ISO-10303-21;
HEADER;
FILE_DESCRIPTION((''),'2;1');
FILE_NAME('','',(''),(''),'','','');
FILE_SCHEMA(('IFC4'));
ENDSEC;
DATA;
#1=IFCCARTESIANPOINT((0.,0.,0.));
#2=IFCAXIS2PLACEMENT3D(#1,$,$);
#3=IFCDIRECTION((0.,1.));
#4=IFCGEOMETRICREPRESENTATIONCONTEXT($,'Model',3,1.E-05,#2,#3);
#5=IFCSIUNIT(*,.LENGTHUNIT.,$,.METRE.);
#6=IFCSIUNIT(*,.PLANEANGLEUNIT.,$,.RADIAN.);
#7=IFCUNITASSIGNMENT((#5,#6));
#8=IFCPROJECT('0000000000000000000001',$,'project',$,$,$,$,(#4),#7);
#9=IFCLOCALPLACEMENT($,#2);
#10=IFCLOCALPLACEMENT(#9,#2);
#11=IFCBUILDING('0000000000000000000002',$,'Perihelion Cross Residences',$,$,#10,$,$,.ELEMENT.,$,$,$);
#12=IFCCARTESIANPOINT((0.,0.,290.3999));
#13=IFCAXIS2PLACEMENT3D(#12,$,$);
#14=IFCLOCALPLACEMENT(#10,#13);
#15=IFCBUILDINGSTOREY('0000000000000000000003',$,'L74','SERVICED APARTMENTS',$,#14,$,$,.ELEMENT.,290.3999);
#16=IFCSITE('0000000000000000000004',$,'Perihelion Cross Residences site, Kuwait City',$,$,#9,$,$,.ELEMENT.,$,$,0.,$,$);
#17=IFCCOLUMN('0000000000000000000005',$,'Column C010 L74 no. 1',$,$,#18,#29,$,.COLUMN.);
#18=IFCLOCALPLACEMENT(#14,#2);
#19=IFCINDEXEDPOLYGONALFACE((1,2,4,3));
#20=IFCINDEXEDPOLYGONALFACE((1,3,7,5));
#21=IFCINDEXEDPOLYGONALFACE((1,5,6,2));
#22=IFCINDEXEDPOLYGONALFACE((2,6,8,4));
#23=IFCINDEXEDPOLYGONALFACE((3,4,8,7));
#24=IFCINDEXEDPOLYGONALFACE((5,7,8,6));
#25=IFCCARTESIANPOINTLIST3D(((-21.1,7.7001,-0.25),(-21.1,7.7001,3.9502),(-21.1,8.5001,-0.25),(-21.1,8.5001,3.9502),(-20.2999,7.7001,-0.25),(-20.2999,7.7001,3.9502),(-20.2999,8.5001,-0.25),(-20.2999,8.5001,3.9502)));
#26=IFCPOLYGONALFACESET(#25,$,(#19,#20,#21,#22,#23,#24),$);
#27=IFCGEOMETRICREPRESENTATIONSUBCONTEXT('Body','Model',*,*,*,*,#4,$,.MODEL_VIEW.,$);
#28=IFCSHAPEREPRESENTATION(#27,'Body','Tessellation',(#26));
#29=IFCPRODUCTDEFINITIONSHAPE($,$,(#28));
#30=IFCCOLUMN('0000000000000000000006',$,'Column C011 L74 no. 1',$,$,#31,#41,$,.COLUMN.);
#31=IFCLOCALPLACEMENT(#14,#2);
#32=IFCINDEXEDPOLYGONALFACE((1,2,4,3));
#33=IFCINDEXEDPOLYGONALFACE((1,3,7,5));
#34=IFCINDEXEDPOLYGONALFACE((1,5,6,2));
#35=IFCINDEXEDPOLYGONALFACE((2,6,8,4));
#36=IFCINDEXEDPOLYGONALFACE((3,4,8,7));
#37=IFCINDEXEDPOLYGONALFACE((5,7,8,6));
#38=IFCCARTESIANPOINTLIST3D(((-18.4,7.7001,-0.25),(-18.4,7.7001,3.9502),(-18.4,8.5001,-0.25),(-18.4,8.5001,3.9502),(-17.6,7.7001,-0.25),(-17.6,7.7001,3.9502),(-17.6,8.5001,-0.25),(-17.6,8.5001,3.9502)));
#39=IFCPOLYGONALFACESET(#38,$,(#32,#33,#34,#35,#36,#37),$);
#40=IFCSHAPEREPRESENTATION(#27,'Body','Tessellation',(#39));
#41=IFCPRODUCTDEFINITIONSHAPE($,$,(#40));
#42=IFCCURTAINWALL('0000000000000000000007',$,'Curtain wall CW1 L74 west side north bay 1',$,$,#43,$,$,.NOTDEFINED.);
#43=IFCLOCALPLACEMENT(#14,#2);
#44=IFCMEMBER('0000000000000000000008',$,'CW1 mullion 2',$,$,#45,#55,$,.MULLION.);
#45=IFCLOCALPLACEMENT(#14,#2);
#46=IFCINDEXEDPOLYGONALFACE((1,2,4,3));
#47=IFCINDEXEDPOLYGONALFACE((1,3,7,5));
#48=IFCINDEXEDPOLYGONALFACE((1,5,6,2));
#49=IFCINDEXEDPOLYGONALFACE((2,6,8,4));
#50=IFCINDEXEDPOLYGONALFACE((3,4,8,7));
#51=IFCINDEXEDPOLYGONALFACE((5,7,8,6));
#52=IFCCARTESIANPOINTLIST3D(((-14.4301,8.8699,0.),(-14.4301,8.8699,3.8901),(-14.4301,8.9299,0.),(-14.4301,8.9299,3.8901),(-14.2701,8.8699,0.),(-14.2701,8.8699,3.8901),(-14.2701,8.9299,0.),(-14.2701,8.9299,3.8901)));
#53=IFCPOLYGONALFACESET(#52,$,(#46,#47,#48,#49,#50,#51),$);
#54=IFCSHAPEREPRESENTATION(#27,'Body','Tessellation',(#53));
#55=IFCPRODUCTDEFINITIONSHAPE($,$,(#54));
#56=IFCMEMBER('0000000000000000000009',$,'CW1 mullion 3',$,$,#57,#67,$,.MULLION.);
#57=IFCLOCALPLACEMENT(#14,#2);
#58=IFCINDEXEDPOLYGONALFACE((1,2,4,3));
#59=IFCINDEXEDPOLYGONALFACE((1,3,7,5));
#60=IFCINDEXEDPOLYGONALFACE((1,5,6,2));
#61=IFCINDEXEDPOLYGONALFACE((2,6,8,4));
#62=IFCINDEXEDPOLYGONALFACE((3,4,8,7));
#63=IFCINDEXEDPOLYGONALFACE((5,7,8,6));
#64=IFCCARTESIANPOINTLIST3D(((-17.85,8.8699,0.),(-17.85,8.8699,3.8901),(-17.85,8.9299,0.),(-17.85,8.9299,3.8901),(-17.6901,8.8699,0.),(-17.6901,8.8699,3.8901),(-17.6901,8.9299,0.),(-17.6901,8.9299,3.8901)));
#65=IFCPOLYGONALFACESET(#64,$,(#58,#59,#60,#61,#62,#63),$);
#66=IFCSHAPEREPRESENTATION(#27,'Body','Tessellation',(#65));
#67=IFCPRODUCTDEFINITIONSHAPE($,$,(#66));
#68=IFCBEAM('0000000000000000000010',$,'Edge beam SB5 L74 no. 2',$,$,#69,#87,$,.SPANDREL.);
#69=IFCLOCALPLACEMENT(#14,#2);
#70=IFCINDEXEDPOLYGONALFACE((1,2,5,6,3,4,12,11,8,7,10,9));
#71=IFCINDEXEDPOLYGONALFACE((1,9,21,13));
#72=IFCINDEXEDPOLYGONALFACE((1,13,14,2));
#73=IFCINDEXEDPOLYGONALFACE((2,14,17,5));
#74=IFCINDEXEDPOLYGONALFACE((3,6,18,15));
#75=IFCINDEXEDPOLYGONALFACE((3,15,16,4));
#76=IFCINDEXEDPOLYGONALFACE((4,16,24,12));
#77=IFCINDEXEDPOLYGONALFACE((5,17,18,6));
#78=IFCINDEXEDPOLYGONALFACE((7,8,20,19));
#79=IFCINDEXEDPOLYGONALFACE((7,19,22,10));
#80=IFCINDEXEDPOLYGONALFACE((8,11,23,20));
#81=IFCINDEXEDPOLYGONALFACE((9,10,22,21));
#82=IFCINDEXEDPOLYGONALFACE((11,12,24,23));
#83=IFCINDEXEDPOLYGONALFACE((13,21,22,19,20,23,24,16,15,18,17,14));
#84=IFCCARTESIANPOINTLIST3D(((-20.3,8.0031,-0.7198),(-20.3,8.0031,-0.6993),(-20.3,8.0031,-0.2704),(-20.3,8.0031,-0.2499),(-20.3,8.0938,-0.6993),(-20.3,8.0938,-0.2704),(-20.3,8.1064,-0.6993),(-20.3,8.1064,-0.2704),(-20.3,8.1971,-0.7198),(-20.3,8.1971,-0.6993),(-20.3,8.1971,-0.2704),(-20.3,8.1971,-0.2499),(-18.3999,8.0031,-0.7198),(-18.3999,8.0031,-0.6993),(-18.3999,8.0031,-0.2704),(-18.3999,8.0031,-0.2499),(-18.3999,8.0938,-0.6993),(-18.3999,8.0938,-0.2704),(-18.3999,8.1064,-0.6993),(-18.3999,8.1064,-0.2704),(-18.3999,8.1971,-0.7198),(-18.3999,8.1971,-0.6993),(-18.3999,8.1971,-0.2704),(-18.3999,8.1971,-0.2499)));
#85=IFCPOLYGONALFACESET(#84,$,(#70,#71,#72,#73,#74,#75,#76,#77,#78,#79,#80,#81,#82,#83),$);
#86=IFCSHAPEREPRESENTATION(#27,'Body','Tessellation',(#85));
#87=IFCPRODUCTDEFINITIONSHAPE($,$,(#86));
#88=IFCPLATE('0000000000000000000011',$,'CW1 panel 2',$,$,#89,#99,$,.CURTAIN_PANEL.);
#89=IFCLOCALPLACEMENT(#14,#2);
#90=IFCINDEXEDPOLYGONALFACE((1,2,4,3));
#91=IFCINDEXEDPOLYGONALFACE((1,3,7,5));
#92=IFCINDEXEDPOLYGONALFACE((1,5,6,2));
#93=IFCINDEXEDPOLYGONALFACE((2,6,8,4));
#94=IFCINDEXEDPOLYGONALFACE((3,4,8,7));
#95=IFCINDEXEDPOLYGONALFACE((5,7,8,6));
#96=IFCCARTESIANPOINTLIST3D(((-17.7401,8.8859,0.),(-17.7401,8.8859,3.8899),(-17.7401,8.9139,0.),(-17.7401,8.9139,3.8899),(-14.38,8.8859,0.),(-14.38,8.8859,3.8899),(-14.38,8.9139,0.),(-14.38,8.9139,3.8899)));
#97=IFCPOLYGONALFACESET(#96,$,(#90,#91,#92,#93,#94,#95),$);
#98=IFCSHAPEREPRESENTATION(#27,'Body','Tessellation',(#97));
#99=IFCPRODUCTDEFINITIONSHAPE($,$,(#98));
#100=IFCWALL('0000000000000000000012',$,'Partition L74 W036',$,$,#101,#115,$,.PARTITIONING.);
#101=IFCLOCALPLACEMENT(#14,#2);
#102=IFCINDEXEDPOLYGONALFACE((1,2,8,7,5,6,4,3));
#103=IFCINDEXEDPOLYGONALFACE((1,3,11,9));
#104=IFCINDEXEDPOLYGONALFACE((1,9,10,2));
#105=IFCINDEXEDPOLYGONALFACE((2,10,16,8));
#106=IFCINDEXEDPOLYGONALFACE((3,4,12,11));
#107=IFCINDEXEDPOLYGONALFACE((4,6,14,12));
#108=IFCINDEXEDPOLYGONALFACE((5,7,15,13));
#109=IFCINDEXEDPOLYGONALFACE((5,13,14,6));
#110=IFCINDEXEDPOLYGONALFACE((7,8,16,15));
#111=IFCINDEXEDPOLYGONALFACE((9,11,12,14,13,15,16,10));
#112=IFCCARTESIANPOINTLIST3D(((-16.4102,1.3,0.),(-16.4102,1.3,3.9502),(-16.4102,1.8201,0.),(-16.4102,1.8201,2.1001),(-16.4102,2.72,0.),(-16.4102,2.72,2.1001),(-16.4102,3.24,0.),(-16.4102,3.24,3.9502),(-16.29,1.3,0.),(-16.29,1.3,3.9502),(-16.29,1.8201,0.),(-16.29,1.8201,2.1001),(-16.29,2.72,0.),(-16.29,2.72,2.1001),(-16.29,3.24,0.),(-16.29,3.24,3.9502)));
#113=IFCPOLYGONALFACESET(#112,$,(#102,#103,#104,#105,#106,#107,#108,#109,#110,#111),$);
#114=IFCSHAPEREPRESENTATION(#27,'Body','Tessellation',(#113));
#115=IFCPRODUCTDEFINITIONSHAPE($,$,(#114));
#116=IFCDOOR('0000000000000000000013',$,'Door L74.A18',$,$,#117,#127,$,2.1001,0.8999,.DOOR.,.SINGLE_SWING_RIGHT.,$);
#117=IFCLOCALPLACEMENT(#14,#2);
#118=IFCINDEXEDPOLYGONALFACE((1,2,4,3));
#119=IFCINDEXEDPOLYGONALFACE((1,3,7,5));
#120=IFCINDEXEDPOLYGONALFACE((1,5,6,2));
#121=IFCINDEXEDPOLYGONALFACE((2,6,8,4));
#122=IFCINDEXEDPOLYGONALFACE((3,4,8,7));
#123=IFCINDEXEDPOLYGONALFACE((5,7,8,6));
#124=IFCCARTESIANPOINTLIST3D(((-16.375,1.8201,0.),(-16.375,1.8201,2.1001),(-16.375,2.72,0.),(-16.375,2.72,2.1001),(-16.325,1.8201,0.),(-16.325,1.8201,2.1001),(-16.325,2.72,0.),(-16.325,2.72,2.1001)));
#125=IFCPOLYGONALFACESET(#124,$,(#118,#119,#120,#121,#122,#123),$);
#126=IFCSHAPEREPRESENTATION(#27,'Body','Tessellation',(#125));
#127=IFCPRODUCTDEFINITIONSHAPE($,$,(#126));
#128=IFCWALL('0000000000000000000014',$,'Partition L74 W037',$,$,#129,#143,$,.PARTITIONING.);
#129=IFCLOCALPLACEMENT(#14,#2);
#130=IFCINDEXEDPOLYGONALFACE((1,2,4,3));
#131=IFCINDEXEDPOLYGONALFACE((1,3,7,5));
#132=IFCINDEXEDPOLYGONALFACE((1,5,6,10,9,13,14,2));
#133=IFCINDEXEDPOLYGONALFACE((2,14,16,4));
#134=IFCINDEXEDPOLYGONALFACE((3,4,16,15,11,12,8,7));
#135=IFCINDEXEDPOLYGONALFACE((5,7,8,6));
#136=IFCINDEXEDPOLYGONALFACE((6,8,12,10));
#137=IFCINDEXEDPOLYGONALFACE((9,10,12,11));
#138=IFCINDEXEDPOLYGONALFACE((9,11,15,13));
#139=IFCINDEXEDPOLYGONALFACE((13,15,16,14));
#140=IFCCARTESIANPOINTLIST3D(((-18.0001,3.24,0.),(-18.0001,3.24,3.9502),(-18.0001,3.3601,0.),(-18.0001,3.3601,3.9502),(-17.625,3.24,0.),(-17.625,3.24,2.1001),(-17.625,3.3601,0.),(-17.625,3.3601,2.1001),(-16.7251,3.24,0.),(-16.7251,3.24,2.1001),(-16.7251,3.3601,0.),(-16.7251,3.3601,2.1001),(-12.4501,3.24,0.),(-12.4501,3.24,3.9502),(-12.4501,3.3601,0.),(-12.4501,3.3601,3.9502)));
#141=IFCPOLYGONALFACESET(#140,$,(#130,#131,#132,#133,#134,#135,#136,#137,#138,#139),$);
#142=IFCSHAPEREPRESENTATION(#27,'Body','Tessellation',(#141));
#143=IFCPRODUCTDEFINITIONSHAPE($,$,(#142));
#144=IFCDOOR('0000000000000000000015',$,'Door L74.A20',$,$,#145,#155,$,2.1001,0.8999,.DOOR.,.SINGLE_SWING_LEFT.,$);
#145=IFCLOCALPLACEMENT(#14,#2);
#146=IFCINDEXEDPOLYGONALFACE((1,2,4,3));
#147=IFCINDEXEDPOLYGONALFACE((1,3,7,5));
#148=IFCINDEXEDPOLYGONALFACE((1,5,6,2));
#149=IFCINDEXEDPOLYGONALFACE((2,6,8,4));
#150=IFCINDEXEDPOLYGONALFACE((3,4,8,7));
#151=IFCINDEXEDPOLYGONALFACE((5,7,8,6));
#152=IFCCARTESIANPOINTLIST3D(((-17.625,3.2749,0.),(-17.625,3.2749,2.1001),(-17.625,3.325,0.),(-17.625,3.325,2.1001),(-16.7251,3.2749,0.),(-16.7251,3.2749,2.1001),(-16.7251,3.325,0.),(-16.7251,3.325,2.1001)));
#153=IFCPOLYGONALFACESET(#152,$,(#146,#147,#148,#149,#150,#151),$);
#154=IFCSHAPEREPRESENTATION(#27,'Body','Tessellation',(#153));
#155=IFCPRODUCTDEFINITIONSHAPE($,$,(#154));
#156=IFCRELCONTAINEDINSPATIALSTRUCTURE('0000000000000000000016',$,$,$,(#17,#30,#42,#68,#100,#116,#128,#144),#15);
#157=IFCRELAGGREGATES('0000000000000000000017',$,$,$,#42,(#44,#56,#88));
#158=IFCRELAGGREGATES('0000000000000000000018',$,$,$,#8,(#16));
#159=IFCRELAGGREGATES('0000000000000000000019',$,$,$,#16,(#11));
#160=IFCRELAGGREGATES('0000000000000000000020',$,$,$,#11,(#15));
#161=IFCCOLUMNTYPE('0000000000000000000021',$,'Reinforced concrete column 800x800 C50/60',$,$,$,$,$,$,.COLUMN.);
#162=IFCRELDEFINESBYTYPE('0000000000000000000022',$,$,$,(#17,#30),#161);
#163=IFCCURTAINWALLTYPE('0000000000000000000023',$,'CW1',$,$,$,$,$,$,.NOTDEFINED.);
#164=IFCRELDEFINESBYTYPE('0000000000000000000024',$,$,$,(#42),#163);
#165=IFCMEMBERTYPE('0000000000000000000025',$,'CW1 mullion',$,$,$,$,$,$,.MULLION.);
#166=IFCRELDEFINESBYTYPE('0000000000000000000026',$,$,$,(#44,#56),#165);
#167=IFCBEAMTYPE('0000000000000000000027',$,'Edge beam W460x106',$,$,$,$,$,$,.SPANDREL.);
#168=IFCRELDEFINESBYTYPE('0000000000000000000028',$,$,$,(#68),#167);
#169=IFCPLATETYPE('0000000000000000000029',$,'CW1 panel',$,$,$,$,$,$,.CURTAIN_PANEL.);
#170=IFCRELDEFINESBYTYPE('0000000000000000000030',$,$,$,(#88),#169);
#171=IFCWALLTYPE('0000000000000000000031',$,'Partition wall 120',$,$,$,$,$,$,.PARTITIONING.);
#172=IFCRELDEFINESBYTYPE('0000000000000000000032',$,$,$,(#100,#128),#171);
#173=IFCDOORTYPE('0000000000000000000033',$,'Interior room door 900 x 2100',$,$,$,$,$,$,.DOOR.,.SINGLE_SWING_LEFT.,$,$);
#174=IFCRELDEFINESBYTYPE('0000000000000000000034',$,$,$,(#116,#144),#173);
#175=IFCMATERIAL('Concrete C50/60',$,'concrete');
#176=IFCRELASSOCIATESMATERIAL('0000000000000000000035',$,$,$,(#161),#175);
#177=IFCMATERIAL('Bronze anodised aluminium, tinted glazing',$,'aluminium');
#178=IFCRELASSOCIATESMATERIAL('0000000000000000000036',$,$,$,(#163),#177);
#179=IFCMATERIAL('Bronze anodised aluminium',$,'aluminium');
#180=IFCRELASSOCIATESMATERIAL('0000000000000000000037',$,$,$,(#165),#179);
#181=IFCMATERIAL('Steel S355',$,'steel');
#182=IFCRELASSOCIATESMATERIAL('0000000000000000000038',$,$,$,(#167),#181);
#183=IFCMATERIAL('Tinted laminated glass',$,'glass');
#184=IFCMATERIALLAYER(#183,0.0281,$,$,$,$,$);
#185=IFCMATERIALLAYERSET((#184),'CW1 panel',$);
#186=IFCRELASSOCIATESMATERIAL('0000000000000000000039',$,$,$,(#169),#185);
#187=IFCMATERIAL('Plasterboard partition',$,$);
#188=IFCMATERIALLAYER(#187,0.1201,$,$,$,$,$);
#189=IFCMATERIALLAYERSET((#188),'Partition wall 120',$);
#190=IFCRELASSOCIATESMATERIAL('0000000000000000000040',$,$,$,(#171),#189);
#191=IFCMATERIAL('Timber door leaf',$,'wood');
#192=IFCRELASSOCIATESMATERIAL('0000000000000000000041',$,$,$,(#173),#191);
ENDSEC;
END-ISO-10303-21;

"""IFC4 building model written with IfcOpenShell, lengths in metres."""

from ifc_helpers import new_model, si_unit, direction, frame, frame_2d, origin, origin_2d, place, context, subcontext, project, spatial, rectangle, i_section, extrude, material, layer, layer_set, material_profile, profile_set, type_object, element, fill, aggregate, save


model = new_model("IFC4")

# Units and contexts
model_context = context("Model", 3, precision=1e-05, world=origin(), true_north=direction((0.0, 1.0)))
body_context = subcontext(model_context, "Body", "Model", "MODEL_VIEW")
ifc_project = project(units=[si_unit("LENGTHUNIT", "METRE"), si_unit("PLANEANGLEUNIT", "RADIAN")], contexts=[model_context])

# Site, building, storey
site_placement = place(None, origin())
site = spatial("IfcSite", under=ifc_project, at=site_placement, Name="Perihelion Cross Residences site, Kuwait City", CompositionType="ELEMENT", RefElevation=0.0)
building_placement = place(site_placement, origin())
building = spatial("IfcBuilding", under=site, at=building_placement, Name="Perihelion Cross Residences", CompositionType="ELEMENT")
storey_placement = place(building_placement, frame((0.0, 0.0, 290.3999)))
storey = spatial("IfcBuildingStorey", under=building, at=storey_placement, Name="L74", Description="SERVICED APARTMENTS", CompositionType="ELEMENT", Elevation=290.3999)

# Columns
ifc_material_1 = material(Name="Concrete C50/60", Category="concrete")
ifc_material_profile_1 = material_profile(ifc_material_1, rectangle(XDim=0.8, YDim=0.8, at=origin_2d()), Name="RC 800x800")
ifc_profile_set_1 = profile_set([ifc_material_profile_1], Name="Concrete C50/60")
column_type = type_object("IfcColumnType", Name="Reinforced concrete column 800x800 C50/60", PredefinedType="COLUMN", material=ifc_profile_set_1)
for number, where, z_axis, x_axis, name in (
    (1, (-20.7, 8.1001, -0.25), (0.0, 0.0, 1.0), (1.0, 0.0, 0.0), "Column C010 L74 no. 1"),
    (2, (-18.0, 8.1001, -0.25), (0.0, 0.0, 1.0), (1.0, 0.0, 0.0), "Column C011 L74 no. 1"),
):
    element("IfcColumn", number, at=place(storey_placement, frame(where, z_axis=z_axis, x_axis=x_axis)), inside=storey, type_object=column_type, Name=name, PredefinedType="COLUMN", context=body_context, shape_type="SweptSolid", body=[
        extrude(rectangle(XDim=0.8, YDim=0.8, at=origin_2d()), origin(), (0.0, 0.0, 1.0), 4.2002),
    ])

# Curtain wall, members
ifc_material_2 = material(Name="Bronze anodised aluminium, tinted glazing", Category="aluminium")
curtain_wall_type = type_object("IfcCurtainWallType", Name="CW1", PredefinedType="NOTDEFINED", material=ifc_material_2)
curtain_wall_placement = place(storey_placement, origin())
curtain_wall = element("IfcCurtainWall", 3, at=curtain_wall_placement, inside=storey, type_object=curtain_wall_type, Name="Curtain wall CW1 L74 west side north bay 1", PredefinedType="NOTDEFINED")
ifc_material_3 = material(Name="Bronze anodised aluminium", Category="aluminium")
ifc_material_profile_2 = material_profile(ifc_material_3, rectangle(XDim=0.0601, YDim=0.1599, at=origin_2d()), Name="CW1 mullion")
ifc_profile_set_2 = profile_set([ifc_material_profile_2], Name="Bronze anodised aluminium")
member_type = type_object("IfcMemberType", Name="CW1 mullion", PredefinedType="MULLION", material=ifc_profile_set_2)
member_1_placement = place(storey_placement, frame((-14.3501, 8.8999, 0.0), z_axis=(0.0, 0.0, 1.0), x_axis=(0.0, -1.0, 0.0)))
member_1 = element("IfcMember", 4, at=member_1_placement, type_object=member_type, Name="CW1 mullion 2", PredefinedType="MULLION", context=body_context, shape_type="SweptSolid", body=[
    extrude(rectangle(XDim=0.0601, YDim=0.1599, at=origin_2d()), origin(), (0.0, 0.0, 1.0), 3.8901),
])
member_2_placement = place(storey_placement, frame((-17.77, 8.8999, 0.0), z_axis=(0.0, 0.0, 1.0), x_axis=(0.0, -1.0, 0.0)))
member_2 = element("IfcMember", 5, at=member_2_placement, type_object=member_type, Name="CW1 mullion 3", PredefinedType="MULLION", context=body_context, shape_type="SweptSolid", body=[
    extrude(rectangle(XDim=0.0601, YDim=0.1599, at=origin_2d()), origin(), (0.0, 0.0, 1.0), 3.8901),
])

# Beam
ifc_material_4 = material(Name="Steel S355", Category="steel")
ifc_material_profile_3 = material_profile(ifc_material_4, i_section(OverallWidth=0.1941, OverallDepth=0.47, WebThickness=0.0127, FlangeThickness=0.0205, at=origin_2d()), Name="W460x106")
ifc_profile_set_3 = profile_set([ifc_material_profile_3], Name="Steel S355")
beam_type = type_object("IfcBeamType", Name="Edge beam W460x106", PredefinedType="SPANDREL", material=ifc_profile_set_3)
beam_placement = place(storey_placement, frame((-18.3999, 8.1001, -0.4849), z_axis=(-1.0, 0.0, 0.0), x_axis=(0.0, -1.0, 0.0)))
element("IfcBeam", 6, at=beam_placement, inside=storey, type_object=beam_type, Name="Edge beam SB5 L74 no. 2", PredefinedType="SPANDREL", context=body_context, shape_type="SweptSolid", body=[
    extrude(i_section(OverallWidth=0.1941, OverallDepth=0.47, WebThickness=0.0127, FlangeThickness=0.0205, at=origin_2d()), origin(), (0.0, 0.0, 1.0), 1.9001),
])

# Plate
ifc_material_5 = material(Name="Tinted laminated glass", Category="glass")
ifc_layer_1 = layer(ifc_material_5, 0.0281)
ifc_layer_set_1 = layer_set([ifc_layer_1], Name="CW1 panel")
plate_type = type_object("IfcPlateType", Name="CW1 panel", PredefinedType="CURTAIN_PANEL", material=ifc_layer_set_1)
plate_placement = place(storey_placement, frame((-16.0601, 8.8999, 0.0), z_axis=(0.0, 0.0, 1.0), x_axis=(-1.0, 0.0, 0.0)))
plate = element("IfcPlate", 7, at=plate_placement, type_object=plate_type, Name="CW1 panel 2", PredefinedType="CURTAIN_PANEL", context=body_context, shape_type="SweptSolid", body=[
    extrude(rectangle(XDim=3.3601, YDim=0.0281, at=origin_2d()), origin(), (0.0, 0.0, 1.0), 3.8899),
])
aggregate(curtain_wall, [member_1, member_2, plate])

# Walls, openings, doors
ifc_material_6 = material(Name="Plasterboard partition")
ifc_layer_2 = layer(ifc_material_6, 0.1201)
ifc_layer_set_2 = layer_set([ifc_layer_2], Name="Partition wall 120")
wall_type_1 = type_object("IfcWallType", Name="Partition wall 120", PredefinedType="PARTITIONING", material=ifc_layer_set_2)
wall_1_placement = place(storey_placement, frame((-16.3501, 1.3, 0.0), z_axis=(0.0, 0.0, 1.0), x_axis=(0.0, 1.0, 0.0)))
wall_1 = element("IfcWall", 8, at=wall_1_placement, inside=storey, type_object=wall_type_1, Name="Partition L74 W036", PredefinedType="PARTITIONING", context=body_context, shape_type="SweptSolid", body=[
    extrude(rectangle(XDim=1.9399, YDim=0.1201, at=frame_2d((0.97, 0.0))), origin(), (0.0, 0.0, 1.0), 3.9502),
])
opening_1_placement = place(wall_1_placement, frame((0.52, 0.0, 0.0)))
opening_1 = element("IfcOpeningElement", 9, at=opening_1_placement, cuts=wall_1, PredefinedType="OPENING", context=body_context, shape_type="SweptSolid", body=[
    extrude(rectangle(XDim=0.8999, YDim=2.1001, at=frame_2d((0.45, 1.05))), frame((0.0, 0.0701, 0.0), z_axis=(0.0, -1.0, 0.0), x_axis=(1.0, 0.0, 0.0)), (0.0, 0.0, 1.0), 0.1401),
])
ifc_material_7 = material(Name="Timber door leaf", Category="wood")
door_type_1 = type_object("IfcDoorType", Name="Interior room door 900 x 2100", OperationType="SINGLE_SWING_LEFT", PredefinedType="DOOR", material=ifc_material_7)
door_1_placement = place(opening_1_placement, origin())
door_1 = element("IfcDoor", 10, at=door_1_placement, inside=storey, type_object=door_type_1, Name="Door L74.A18", OperationType="SINGLE_SWING_RIGHT", OverallHeight=2.1001, OverallWidth=0.8999, PredefinedType="DOOR", context=body_context, shape_type="SweptSolid", body=[
    extrude(rectangle(XDim=0.8999, YDim=2.1001, at=frame_2d((0.45, 1.05))), frame((0.0, 0.0249, 0.0), z_axis=(0.0, -1.0, 0.0), x_axis=(1.0, 0.0, 0.0)), (0.0, 0.0, 1.0), 0.05),
])
fill(opening_1, door_1)
wall_2_placement = place(storey_placement, frame((-18.0, 3.3, 0.0), z_axis=(0.0, 0.0, 1.0), x_axis=(1.0, 0.0, 0.0)))
wall_2 = element("IfcWall", 11, at=wall_2_placement, inside=storey, type_object=wall_type_1, Name="Partition L74 W037", PredefinedType="PARTITIONING", context=body_context, shape_type="SweptSolid", body=[
    extrude(rectangle(XDim=5.55, YDim=0.1201, at=frame_2d((2.7749, 0.0))), origin(), (0.0, 0.0, 1.0), 3.9502),
])
opening_2_placement = place(wall_2_placement, frame((0.375, 0.0, 0.0)))
opening_2 = element("IfcOpeningElement", 12, at=opening_2_placement, cuts=wall_2, PredefinedType="OPENING", context=body_context, shape_type="SweptSolid", body=[
    extrude(rectangle(XDim=0.8999, YDim=2.1001, at=frame_2d((0.45, 1.05))), frame((0.0, 0.0701, 0.0), z_axis=(0.0, -1.0, 0.0), x_axis=(1.0, 0.0, 0.0)), (0.0, 0.0, 1.0), 0.1401),
])
door_2_placement = place(opening_2_placement, origin())
door_2 = element("IfcDoor", 13, at=door_2_placement, inside=storey, type_object=door_type_1, Name="Door L74.A20", OperationType="SINGLE_SWING_LEFT", OverallHeight=2.1001, OverallWidth=0.8999, PredefinedType="DOOR", context=body_context, shape_type="SweptSolid", body=[
    extrude(rectangle(XDim=0.8999, YDim=2.1001, at=frame_2d((0.45, 1.05))), frame((0.0, 0.0249, 0.0), z_axis=(0.0, -1.0, 0.0), x_axis=(1.0, 0.0, 0.0)), (0.0, 0.0, 1.0), 0.05),
])
fill(opening_2, door_2)

save(model, "model.ifc")
